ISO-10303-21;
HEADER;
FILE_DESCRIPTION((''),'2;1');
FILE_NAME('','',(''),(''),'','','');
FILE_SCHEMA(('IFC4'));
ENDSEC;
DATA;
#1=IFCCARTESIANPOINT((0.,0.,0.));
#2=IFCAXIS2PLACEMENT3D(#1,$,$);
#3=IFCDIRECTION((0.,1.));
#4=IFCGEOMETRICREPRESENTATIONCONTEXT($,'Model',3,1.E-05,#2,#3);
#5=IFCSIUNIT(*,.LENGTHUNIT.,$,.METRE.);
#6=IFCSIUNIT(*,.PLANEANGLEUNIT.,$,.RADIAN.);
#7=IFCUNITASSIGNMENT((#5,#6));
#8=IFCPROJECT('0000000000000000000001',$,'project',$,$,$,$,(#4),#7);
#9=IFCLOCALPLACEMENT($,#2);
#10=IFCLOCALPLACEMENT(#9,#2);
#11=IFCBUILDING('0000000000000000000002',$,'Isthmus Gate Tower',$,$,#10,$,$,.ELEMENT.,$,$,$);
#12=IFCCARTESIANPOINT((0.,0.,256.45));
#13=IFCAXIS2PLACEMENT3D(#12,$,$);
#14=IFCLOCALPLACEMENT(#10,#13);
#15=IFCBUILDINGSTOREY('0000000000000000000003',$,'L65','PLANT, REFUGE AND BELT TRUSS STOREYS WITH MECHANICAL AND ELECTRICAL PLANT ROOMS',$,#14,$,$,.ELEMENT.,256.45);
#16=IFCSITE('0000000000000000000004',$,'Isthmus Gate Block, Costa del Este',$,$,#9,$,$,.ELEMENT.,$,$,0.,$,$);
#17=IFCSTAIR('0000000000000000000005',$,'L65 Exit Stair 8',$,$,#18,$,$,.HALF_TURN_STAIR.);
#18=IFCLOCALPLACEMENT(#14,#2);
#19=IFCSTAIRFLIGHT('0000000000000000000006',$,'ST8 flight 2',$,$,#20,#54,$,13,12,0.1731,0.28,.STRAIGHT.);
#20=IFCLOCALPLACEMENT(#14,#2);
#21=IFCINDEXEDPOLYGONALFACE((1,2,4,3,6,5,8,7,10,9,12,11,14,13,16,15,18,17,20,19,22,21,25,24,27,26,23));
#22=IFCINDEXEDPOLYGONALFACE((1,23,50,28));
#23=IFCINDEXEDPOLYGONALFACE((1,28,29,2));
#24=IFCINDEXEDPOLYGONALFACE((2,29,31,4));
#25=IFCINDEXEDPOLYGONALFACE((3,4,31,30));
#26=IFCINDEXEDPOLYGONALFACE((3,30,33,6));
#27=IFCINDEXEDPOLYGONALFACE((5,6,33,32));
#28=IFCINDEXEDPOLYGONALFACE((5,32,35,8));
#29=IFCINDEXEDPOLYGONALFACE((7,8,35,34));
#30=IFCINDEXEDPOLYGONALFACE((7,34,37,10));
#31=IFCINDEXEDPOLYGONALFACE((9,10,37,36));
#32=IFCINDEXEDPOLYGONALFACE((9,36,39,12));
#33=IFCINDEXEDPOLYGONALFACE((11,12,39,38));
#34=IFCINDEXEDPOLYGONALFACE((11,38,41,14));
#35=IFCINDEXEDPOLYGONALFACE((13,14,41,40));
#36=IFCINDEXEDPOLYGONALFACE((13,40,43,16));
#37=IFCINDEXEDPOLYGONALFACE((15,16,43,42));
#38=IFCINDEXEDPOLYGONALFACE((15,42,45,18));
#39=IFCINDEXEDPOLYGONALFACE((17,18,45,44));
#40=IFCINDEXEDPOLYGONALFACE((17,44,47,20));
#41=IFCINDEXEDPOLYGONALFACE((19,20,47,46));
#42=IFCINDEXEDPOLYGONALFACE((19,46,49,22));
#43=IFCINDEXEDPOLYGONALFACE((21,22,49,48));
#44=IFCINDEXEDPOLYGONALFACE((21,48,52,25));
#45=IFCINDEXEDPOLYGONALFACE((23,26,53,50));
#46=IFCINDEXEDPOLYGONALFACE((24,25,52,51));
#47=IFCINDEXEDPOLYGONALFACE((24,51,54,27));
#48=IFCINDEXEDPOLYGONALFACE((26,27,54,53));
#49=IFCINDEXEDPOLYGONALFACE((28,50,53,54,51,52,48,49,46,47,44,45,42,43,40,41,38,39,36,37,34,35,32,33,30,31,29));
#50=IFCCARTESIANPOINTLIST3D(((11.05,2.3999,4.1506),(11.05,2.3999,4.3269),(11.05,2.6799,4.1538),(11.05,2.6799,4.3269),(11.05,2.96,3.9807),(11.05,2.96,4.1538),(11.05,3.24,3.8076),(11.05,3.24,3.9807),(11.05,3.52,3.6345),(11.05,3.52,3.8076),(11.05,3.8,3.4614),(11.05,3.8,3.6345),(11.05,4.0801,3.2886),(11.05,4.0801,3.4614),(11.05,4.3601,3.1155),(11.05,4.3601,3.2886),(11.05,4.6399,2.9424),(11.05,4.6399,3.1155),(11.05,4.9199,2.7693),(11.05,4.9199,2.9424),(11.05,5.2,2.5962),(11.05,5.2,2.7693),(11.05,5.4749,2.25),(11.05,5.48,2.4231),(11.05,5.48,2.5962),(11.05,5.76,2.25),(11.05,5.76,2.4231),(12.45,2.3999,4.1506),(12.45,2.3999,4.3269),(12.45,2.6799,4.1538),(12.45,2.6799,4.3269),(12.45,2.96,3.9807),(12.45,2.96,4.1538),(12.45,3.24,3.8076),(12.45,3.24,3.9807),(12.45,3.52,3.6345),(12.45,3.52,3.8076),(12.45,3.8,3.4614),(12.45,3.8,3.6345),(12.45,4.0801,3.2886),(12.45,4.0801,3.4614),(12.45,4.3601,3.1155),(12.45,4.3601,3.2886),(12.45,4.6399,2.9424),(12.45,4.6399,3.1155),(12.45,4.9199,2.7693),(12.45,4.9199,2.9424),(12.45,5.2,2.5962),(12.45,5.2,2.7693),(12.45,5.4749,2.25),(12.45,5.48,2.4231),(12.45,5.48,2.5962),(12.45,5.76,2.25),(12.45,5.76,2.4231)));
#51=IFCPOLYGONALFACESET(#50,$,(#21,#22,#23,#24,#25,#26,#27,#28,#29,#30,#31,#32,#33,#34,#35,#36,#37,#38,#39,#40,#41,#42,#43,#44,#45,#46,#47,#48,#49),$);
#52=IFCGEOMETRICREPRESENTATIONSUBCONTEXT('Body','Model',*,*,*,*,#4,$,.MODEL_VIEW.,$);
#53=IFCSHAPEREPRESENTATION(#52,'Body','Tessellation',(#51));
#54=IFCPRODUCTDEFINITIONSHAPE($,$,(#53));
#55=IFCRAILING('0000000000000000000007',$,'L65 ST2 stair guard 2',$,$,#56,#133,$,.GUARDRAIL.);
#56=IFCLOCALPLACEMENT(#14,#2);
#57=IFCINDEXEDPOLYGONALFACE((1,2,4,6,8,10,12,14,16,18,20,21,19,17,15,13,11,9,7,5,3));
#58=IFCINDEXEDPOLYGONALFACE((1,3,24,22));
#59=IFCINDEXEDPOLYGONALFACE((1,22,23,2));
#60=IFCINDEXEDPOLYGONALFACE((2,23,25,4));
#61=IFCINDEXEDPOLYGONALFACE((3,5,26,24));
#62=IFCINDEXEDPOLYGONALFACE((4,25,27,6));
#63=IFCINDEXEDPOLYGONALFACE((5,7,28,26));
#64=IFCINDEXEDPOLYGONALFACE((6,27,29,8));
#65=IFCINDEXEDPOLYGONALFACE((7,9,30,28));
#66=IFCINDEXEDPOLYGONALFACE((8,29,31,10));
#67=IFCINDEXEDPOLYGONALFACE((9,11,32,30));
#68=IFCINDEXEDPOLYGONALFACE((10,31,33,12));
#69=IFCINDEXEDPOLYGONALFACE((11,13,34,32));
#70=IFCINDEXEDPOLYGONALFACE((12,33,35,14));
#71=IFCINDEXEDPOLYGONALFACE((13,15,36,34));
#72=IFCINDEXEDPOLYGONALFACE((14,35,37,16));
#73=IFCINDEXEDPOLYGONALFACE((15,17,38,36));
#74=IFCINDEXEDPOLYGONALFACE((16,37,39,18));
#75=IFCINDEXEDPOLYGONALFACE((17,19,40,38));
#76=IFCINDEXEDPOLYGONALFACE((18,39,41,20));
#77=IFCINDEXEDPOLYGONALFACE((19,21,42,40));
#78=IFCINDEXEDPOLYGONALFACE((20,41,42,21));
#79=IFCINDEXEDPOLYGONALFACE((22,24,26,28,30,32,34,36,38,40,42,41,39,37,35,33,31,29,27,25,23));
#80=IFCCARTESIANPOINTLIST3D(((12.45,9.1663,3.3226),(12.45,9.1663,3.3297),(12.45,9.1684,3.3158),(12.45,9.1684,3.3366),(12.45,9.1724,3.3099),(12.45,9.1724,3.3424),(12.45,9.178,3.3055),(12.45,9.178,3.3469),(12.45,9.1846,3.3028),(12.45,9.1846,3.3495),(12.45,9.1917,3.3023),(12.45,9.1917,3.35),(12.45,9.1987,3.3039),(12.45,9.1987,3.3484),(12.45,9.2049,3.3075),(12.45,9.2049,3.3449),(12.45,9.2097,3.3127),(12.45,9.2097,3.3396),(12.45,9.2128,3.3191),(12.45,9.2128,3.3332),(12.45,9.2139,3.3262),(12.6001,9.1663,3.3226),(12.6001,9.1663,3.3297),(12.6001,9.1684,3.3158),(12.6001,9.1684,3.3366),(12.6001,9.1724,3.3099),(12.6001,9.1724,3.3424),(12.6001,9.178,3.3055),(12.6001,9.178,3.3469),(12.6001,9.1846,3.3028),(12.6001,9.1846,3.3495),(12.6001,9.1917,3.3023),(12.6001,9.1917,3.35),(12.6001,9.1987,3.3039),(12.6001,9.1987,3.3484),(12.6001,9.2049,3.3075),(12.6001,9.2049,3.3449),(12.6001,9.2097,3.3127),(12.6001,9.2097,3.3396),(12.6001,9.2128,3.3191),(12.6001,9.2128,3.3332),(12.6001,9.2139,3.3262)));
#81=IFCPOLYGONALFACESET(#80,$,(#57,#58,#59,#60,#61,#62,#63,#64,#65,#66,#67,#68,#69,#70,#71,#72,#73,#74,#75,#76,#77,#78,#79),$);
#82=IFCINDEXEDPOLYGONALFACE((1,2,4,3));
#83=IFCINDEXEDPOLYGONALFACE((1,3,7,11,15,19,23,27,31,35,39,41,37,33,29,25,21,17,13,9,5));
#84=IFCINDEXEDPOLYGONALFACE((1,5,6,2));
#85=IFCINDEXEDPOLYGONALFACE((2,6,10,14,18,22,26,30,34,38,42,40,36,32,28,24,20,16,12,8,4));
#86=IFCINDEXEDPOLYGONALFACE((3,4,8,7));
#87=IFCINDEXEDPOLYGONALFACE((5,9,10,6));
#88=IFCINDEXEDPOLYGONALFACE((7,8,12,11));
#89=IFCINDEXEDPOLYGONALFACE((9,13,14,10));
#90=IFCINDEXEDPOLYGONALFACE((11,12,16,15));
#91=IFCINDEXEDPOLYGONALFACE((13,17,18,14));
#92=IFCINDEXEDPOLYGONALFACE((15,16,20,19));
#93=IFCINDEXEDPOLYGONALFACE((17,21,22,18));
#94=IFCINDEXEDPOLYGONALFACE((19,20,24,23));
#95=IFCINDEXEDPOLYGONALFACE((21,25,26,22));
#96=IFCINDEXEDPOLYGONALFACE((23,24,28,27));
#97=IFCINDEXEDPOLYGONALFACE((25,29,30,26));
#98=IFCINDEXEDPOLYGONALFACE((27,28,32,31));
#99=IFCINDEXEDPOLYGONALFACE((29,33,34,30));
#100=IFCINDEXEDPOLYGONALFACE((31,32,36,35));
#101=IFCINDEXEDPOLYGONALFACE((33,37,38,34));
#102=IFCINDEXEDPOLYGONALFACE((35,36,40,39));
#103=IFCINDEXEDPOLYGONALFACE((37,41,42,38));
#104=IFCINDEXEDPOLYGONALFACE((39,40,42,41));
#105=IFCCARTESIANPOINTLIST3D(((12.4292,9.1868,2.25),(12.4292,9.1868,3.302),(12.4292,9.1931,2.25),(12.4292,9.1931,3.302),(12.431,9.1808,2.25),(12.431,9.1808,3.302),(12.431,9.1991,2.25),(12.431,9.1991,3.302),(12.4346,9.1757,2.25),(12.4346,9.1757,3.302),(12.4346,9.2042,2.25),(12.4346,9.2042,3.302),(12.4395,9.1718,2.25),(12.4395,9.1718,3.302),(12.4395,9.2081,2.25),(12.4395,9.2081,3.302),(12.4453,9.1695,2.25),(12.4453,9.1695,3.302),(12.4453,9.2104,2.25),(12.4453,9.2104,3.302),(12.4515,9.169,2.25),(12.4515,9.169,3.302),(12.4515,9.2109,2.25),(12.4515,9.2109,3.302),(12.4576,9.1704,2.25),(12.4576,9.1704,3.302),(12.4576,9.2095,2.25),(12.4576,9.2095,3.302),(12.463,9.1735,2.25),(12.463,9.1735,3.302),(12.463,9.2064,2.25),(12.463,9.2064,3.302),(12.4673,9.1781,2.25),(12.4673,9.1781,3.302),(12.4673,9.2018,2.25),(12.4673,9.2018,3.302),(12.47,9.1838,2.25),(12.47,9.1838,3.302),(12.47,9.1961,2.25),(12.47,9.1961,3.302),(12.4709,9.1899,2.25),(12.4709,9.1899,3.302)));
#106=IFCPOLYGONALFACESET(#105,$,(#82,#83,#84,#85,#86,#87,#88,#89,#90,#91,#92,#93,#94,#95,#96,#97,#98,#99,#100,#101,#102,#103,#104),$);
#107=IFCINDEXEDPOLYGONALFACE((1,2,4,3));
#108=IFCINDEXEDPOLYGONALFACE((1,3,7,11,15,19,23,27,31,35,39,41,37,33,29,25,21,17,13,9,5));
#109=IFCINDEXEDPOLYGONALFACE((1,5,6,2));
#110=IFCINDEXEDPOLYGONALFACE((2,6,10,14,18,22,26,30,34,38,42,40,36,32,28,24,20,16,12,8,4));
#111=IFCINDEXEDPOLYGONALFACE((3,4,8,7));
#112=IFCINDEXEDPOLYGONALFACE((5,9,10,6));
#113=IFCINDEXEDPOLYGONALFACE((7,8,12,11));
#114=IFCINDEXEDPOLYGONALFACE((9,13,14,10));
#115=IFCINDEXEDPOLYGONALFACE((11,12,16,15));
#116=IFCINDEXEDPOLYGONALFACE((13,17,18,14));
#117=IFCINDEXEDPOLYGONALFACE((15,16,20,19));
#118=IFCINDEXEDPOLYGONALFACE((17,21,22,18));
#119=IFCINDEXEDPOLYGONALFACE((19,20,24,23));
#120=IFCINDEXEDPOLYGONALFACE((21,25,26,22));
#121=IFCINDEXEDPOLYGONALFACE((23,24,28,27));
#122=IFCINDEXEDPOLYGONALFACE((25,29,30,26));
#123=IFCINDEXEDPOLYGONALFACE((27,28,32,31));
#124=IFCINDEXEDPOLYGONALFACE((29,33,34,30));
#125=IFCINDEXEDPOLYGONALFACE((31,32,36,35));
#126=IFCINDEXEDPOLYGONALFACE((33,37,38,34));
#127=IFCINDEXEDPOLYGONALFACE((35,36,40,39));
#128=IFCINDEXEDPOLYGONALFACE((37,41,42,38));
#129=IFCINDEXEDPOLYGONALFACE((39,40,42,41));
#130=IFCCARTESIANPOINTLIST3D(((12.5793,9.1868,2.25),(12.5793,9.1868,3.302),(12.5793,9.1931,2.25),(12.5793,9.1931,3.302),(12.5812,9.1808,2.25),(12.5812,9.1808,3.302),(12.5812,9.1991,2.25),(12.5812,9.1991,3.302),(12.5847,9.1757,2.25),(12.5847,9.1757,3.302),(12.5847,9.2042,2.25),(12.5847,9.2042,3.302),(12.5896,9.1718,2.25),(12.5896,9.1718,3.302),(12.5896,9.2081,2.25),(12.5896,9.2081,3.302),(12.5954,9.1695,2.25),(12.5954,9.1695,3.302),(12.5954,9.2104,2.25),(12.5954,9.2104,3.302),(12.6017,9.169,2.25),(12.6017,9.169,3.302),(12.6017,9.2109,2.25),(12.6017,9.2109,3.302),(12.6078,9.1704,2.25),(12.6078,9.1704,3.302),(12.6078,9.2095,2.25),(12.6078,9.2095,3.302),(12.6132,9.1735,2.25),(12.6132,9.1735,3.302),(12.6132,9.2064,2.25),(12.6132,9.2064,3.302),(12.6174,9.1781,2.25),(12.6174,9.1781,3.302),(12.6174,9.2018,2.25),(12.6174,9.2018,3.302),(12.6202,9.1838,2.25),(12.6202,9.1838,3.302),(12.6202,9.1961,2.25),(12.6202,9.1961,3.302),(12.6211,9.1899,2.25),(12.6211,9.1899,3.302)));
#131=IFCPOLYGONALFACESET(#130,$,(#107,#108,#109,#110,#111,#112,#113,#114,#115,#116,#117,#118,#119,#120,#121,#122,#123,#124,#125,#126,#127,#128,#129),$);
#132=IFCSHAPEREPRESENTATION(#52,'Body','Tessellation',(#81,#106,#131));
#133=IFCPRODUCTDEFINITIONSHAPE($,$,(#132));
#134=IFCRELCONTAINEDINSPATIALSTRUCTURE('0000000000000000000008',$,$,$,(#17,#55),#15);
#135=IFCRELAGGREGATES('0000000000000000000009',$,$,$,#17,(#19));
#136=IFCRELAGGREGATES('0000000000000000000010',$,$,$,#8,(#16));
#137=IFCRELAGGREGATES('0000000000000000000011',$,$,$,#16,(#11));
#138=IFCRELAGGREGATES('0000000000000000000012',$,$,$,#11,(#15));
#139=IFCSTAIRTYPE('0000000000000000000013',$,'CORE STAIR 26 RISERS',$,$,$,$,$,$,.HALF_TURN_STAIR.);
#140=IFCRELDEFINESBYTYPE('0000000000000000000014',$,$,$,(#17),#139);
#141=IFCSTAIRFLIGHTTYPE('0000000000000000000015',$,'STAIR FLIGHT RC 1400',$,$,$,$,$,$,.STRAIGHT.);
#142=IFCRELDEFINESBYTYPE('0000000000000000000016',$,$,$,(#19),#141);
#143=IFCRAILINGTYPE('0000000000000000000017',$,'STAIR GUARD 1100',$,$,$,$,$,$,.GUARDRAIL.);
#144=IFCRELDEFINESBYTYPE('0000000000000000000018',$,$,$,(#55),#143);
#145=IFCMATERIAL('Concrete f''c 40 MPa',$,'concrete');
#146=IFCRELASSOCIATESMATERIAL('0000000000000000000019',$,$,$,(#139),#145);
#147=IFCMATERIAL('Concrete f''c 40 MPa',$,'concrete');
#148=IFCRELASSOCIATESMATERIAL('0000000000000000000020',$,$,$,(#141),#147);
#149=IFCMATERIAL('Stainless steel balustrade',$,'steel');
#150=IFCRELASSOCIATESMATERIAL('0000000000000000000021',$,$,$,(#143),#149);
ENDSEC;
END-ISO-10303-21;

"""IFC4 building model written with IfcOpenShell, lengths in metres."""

from ifc_helpers import new_model, si_unit, direction, frame, origin, origin_2d, place, context, subcontext, project, spatial, polyline, circle, outline, extrude, material, type_object, element, aggregate, save


model = new_model("IFC4")

# Units and contexts
model_context = context("Model", 3, precision=1e-05, world=origin(), true_north=direction((0.0, 1.0)))
body_context = subcontext(model_context, "Body", "Model", "MODEL_VIEW")
ifc_project = project(units=[si_unit("LENGTHUNIT", "METRE"), si_unit("PLANEANGLEUNIT", "RADIAN")], contexts=[model_context])

# Site, building, storey
site_placement = place(None, origin())
site = spatial("IfcSite", under=ifc_project, at=site_placement, Name="Isthmus Gate Block, Costa del Este", CompositionType="ELEMENT", RefElevation=0.0)
building_placement = place(site_placement, origin())
building = spatial("IfcBuilding", under=site, at=building_placement, Name="Isthmus Gate Tower", CompositionType="ELEMENT")
storey_placement = place(building_placement, frame((0.0, 0.0, 256.45)))
storey = spatial("IfcBuildingStorey", under=building, at=storey_placement, Name="L65", Description="PLANT, REFUGE AND BELT TRUSS STOREYS WITH MECHANICAL AND ELECTRICAL PLANT ROOMS", CompositionType="ELEMENT", Elevation=256.45)

# Stair, stair flight
ifc_material_1 = material(Name="Concrete f'c 40 MPa", Category="concrete")
stair_type = type_object("IfcStairType", Name="CORE STAIR 26 RISERS", PredefinedType="HALF_TURN_STAIR", material=ifc_material_1)
ifc_material_2 = material(Name="Concrete f'c 40 MPa", Category="concrete")
stair_flight_type = type_object("IfcStairFlightType", Name="STAIR FLIGHT RC 1400", PredefinedType="STRAIGHT", material=ifc_material_2)
stair_1_placement = place(storey_placement, origin())
stair_1 = element("IfcStair", 1, at=stair_1_placement, inside=storey, type_object=stair_type, Name="L65 Exit Stair 8", PredefinedType="HALF_TURN_STAIR")
stair_flight_1_placement = place(storey_placement, frame((11.75, 5.76, 2.25), z_axis=(0.0, 0.0, 1.0), x_axis=(0.0, -1.0, 0.0)))
stair_flight_1 = element("IfcStairFlight", 2, at=stair_flight_1_placement, type_object=stair_flight_type, Name="ST8 flight 2", NumberOfRisers=13, NumberOfTreads=12, PredefinedType="STRAIGHT", RiserHeight=0.1731, TreadLength=0.28, context=body_context, shape_type="SweptSolid", body=[
    extrude(outline(polyline([(0.0, 0.0), (0.0, 0.1731), (0.28, 0.1731), (0.28, 0.3462), (0.5601, 0.3462), (0.5601, 0.5193), (0.8401, 0.5193), (0.8401, 0.6924), (1.1201, 0.6924), (1.1201, 0.8655), (1.3999, 0.8655), (1.3999, 1.0386), (1.6799, 1.0386), (1.6799, 1.2114), (1.96, 1.2114), (1.96, 1.3845), (2.24, 1.3845), (2.24, 1.5576), (2.52, 1.5576), (2.52, 1.7307), (2.8, 1.7307), (2.8, 1.9038), (3.0801, 1.9038), (3.0801, 2.0769), (3.3601, 2.0769), (3.3601, 2.25), (3.3601, 1.9006), (0.2852, 0.0), (0.0, 0.0)])), frame((0.0, 0.7, 0.0), z_axis=(0.0, -1.0, 0.0), x_axis=(1.0, 0.0, 0.0)), (0.0, 0.0, 1.0), 1.3999),
])
aggregate(stair_1, [stair_flight_1])

# Railing
ifc_material_3 = material(Name="Stainless steel balustrade", Category="steel")
railing_type_1 = type_object("IfcRailingType", Name="STAIR GUARD 1100", PredefinedType="GUARDRAIL", material=ifc_material_3)
railing_1_placement = place(storey_placement, frame((12.45, 9.1899, 2.25)))
element("IfcRailing", 3, at=railing_1_placement, inside=storey, type_object=railing_type_1, Name="L65 ST2 stair guard 2", PredefinedType="GUARDRAIL", context=body_context, shape_type="SweptSolid", body=[
    extrude(circle(Radius=0.0239, at=origin_2d()), frame((0.0, 0.0, 1.0762), z_axis=(1.0, 0.0, 0.0), x_axis=(0.0, 1.0, 0.0)), (0.0, 0.0, 1.0), 0.1501),
    extrude(circle(Radius=0.021, at=origin_2d()), origin(), (0.0, 0.0, 1.0), 1.052),
    extrude(circle(Radius=0.021, at=origin_2d()), frame((0.1501, 0.0, 0.0)), (0.0, 0.0, 1.0), 1.052),
])

save(model, "model.ifc")
